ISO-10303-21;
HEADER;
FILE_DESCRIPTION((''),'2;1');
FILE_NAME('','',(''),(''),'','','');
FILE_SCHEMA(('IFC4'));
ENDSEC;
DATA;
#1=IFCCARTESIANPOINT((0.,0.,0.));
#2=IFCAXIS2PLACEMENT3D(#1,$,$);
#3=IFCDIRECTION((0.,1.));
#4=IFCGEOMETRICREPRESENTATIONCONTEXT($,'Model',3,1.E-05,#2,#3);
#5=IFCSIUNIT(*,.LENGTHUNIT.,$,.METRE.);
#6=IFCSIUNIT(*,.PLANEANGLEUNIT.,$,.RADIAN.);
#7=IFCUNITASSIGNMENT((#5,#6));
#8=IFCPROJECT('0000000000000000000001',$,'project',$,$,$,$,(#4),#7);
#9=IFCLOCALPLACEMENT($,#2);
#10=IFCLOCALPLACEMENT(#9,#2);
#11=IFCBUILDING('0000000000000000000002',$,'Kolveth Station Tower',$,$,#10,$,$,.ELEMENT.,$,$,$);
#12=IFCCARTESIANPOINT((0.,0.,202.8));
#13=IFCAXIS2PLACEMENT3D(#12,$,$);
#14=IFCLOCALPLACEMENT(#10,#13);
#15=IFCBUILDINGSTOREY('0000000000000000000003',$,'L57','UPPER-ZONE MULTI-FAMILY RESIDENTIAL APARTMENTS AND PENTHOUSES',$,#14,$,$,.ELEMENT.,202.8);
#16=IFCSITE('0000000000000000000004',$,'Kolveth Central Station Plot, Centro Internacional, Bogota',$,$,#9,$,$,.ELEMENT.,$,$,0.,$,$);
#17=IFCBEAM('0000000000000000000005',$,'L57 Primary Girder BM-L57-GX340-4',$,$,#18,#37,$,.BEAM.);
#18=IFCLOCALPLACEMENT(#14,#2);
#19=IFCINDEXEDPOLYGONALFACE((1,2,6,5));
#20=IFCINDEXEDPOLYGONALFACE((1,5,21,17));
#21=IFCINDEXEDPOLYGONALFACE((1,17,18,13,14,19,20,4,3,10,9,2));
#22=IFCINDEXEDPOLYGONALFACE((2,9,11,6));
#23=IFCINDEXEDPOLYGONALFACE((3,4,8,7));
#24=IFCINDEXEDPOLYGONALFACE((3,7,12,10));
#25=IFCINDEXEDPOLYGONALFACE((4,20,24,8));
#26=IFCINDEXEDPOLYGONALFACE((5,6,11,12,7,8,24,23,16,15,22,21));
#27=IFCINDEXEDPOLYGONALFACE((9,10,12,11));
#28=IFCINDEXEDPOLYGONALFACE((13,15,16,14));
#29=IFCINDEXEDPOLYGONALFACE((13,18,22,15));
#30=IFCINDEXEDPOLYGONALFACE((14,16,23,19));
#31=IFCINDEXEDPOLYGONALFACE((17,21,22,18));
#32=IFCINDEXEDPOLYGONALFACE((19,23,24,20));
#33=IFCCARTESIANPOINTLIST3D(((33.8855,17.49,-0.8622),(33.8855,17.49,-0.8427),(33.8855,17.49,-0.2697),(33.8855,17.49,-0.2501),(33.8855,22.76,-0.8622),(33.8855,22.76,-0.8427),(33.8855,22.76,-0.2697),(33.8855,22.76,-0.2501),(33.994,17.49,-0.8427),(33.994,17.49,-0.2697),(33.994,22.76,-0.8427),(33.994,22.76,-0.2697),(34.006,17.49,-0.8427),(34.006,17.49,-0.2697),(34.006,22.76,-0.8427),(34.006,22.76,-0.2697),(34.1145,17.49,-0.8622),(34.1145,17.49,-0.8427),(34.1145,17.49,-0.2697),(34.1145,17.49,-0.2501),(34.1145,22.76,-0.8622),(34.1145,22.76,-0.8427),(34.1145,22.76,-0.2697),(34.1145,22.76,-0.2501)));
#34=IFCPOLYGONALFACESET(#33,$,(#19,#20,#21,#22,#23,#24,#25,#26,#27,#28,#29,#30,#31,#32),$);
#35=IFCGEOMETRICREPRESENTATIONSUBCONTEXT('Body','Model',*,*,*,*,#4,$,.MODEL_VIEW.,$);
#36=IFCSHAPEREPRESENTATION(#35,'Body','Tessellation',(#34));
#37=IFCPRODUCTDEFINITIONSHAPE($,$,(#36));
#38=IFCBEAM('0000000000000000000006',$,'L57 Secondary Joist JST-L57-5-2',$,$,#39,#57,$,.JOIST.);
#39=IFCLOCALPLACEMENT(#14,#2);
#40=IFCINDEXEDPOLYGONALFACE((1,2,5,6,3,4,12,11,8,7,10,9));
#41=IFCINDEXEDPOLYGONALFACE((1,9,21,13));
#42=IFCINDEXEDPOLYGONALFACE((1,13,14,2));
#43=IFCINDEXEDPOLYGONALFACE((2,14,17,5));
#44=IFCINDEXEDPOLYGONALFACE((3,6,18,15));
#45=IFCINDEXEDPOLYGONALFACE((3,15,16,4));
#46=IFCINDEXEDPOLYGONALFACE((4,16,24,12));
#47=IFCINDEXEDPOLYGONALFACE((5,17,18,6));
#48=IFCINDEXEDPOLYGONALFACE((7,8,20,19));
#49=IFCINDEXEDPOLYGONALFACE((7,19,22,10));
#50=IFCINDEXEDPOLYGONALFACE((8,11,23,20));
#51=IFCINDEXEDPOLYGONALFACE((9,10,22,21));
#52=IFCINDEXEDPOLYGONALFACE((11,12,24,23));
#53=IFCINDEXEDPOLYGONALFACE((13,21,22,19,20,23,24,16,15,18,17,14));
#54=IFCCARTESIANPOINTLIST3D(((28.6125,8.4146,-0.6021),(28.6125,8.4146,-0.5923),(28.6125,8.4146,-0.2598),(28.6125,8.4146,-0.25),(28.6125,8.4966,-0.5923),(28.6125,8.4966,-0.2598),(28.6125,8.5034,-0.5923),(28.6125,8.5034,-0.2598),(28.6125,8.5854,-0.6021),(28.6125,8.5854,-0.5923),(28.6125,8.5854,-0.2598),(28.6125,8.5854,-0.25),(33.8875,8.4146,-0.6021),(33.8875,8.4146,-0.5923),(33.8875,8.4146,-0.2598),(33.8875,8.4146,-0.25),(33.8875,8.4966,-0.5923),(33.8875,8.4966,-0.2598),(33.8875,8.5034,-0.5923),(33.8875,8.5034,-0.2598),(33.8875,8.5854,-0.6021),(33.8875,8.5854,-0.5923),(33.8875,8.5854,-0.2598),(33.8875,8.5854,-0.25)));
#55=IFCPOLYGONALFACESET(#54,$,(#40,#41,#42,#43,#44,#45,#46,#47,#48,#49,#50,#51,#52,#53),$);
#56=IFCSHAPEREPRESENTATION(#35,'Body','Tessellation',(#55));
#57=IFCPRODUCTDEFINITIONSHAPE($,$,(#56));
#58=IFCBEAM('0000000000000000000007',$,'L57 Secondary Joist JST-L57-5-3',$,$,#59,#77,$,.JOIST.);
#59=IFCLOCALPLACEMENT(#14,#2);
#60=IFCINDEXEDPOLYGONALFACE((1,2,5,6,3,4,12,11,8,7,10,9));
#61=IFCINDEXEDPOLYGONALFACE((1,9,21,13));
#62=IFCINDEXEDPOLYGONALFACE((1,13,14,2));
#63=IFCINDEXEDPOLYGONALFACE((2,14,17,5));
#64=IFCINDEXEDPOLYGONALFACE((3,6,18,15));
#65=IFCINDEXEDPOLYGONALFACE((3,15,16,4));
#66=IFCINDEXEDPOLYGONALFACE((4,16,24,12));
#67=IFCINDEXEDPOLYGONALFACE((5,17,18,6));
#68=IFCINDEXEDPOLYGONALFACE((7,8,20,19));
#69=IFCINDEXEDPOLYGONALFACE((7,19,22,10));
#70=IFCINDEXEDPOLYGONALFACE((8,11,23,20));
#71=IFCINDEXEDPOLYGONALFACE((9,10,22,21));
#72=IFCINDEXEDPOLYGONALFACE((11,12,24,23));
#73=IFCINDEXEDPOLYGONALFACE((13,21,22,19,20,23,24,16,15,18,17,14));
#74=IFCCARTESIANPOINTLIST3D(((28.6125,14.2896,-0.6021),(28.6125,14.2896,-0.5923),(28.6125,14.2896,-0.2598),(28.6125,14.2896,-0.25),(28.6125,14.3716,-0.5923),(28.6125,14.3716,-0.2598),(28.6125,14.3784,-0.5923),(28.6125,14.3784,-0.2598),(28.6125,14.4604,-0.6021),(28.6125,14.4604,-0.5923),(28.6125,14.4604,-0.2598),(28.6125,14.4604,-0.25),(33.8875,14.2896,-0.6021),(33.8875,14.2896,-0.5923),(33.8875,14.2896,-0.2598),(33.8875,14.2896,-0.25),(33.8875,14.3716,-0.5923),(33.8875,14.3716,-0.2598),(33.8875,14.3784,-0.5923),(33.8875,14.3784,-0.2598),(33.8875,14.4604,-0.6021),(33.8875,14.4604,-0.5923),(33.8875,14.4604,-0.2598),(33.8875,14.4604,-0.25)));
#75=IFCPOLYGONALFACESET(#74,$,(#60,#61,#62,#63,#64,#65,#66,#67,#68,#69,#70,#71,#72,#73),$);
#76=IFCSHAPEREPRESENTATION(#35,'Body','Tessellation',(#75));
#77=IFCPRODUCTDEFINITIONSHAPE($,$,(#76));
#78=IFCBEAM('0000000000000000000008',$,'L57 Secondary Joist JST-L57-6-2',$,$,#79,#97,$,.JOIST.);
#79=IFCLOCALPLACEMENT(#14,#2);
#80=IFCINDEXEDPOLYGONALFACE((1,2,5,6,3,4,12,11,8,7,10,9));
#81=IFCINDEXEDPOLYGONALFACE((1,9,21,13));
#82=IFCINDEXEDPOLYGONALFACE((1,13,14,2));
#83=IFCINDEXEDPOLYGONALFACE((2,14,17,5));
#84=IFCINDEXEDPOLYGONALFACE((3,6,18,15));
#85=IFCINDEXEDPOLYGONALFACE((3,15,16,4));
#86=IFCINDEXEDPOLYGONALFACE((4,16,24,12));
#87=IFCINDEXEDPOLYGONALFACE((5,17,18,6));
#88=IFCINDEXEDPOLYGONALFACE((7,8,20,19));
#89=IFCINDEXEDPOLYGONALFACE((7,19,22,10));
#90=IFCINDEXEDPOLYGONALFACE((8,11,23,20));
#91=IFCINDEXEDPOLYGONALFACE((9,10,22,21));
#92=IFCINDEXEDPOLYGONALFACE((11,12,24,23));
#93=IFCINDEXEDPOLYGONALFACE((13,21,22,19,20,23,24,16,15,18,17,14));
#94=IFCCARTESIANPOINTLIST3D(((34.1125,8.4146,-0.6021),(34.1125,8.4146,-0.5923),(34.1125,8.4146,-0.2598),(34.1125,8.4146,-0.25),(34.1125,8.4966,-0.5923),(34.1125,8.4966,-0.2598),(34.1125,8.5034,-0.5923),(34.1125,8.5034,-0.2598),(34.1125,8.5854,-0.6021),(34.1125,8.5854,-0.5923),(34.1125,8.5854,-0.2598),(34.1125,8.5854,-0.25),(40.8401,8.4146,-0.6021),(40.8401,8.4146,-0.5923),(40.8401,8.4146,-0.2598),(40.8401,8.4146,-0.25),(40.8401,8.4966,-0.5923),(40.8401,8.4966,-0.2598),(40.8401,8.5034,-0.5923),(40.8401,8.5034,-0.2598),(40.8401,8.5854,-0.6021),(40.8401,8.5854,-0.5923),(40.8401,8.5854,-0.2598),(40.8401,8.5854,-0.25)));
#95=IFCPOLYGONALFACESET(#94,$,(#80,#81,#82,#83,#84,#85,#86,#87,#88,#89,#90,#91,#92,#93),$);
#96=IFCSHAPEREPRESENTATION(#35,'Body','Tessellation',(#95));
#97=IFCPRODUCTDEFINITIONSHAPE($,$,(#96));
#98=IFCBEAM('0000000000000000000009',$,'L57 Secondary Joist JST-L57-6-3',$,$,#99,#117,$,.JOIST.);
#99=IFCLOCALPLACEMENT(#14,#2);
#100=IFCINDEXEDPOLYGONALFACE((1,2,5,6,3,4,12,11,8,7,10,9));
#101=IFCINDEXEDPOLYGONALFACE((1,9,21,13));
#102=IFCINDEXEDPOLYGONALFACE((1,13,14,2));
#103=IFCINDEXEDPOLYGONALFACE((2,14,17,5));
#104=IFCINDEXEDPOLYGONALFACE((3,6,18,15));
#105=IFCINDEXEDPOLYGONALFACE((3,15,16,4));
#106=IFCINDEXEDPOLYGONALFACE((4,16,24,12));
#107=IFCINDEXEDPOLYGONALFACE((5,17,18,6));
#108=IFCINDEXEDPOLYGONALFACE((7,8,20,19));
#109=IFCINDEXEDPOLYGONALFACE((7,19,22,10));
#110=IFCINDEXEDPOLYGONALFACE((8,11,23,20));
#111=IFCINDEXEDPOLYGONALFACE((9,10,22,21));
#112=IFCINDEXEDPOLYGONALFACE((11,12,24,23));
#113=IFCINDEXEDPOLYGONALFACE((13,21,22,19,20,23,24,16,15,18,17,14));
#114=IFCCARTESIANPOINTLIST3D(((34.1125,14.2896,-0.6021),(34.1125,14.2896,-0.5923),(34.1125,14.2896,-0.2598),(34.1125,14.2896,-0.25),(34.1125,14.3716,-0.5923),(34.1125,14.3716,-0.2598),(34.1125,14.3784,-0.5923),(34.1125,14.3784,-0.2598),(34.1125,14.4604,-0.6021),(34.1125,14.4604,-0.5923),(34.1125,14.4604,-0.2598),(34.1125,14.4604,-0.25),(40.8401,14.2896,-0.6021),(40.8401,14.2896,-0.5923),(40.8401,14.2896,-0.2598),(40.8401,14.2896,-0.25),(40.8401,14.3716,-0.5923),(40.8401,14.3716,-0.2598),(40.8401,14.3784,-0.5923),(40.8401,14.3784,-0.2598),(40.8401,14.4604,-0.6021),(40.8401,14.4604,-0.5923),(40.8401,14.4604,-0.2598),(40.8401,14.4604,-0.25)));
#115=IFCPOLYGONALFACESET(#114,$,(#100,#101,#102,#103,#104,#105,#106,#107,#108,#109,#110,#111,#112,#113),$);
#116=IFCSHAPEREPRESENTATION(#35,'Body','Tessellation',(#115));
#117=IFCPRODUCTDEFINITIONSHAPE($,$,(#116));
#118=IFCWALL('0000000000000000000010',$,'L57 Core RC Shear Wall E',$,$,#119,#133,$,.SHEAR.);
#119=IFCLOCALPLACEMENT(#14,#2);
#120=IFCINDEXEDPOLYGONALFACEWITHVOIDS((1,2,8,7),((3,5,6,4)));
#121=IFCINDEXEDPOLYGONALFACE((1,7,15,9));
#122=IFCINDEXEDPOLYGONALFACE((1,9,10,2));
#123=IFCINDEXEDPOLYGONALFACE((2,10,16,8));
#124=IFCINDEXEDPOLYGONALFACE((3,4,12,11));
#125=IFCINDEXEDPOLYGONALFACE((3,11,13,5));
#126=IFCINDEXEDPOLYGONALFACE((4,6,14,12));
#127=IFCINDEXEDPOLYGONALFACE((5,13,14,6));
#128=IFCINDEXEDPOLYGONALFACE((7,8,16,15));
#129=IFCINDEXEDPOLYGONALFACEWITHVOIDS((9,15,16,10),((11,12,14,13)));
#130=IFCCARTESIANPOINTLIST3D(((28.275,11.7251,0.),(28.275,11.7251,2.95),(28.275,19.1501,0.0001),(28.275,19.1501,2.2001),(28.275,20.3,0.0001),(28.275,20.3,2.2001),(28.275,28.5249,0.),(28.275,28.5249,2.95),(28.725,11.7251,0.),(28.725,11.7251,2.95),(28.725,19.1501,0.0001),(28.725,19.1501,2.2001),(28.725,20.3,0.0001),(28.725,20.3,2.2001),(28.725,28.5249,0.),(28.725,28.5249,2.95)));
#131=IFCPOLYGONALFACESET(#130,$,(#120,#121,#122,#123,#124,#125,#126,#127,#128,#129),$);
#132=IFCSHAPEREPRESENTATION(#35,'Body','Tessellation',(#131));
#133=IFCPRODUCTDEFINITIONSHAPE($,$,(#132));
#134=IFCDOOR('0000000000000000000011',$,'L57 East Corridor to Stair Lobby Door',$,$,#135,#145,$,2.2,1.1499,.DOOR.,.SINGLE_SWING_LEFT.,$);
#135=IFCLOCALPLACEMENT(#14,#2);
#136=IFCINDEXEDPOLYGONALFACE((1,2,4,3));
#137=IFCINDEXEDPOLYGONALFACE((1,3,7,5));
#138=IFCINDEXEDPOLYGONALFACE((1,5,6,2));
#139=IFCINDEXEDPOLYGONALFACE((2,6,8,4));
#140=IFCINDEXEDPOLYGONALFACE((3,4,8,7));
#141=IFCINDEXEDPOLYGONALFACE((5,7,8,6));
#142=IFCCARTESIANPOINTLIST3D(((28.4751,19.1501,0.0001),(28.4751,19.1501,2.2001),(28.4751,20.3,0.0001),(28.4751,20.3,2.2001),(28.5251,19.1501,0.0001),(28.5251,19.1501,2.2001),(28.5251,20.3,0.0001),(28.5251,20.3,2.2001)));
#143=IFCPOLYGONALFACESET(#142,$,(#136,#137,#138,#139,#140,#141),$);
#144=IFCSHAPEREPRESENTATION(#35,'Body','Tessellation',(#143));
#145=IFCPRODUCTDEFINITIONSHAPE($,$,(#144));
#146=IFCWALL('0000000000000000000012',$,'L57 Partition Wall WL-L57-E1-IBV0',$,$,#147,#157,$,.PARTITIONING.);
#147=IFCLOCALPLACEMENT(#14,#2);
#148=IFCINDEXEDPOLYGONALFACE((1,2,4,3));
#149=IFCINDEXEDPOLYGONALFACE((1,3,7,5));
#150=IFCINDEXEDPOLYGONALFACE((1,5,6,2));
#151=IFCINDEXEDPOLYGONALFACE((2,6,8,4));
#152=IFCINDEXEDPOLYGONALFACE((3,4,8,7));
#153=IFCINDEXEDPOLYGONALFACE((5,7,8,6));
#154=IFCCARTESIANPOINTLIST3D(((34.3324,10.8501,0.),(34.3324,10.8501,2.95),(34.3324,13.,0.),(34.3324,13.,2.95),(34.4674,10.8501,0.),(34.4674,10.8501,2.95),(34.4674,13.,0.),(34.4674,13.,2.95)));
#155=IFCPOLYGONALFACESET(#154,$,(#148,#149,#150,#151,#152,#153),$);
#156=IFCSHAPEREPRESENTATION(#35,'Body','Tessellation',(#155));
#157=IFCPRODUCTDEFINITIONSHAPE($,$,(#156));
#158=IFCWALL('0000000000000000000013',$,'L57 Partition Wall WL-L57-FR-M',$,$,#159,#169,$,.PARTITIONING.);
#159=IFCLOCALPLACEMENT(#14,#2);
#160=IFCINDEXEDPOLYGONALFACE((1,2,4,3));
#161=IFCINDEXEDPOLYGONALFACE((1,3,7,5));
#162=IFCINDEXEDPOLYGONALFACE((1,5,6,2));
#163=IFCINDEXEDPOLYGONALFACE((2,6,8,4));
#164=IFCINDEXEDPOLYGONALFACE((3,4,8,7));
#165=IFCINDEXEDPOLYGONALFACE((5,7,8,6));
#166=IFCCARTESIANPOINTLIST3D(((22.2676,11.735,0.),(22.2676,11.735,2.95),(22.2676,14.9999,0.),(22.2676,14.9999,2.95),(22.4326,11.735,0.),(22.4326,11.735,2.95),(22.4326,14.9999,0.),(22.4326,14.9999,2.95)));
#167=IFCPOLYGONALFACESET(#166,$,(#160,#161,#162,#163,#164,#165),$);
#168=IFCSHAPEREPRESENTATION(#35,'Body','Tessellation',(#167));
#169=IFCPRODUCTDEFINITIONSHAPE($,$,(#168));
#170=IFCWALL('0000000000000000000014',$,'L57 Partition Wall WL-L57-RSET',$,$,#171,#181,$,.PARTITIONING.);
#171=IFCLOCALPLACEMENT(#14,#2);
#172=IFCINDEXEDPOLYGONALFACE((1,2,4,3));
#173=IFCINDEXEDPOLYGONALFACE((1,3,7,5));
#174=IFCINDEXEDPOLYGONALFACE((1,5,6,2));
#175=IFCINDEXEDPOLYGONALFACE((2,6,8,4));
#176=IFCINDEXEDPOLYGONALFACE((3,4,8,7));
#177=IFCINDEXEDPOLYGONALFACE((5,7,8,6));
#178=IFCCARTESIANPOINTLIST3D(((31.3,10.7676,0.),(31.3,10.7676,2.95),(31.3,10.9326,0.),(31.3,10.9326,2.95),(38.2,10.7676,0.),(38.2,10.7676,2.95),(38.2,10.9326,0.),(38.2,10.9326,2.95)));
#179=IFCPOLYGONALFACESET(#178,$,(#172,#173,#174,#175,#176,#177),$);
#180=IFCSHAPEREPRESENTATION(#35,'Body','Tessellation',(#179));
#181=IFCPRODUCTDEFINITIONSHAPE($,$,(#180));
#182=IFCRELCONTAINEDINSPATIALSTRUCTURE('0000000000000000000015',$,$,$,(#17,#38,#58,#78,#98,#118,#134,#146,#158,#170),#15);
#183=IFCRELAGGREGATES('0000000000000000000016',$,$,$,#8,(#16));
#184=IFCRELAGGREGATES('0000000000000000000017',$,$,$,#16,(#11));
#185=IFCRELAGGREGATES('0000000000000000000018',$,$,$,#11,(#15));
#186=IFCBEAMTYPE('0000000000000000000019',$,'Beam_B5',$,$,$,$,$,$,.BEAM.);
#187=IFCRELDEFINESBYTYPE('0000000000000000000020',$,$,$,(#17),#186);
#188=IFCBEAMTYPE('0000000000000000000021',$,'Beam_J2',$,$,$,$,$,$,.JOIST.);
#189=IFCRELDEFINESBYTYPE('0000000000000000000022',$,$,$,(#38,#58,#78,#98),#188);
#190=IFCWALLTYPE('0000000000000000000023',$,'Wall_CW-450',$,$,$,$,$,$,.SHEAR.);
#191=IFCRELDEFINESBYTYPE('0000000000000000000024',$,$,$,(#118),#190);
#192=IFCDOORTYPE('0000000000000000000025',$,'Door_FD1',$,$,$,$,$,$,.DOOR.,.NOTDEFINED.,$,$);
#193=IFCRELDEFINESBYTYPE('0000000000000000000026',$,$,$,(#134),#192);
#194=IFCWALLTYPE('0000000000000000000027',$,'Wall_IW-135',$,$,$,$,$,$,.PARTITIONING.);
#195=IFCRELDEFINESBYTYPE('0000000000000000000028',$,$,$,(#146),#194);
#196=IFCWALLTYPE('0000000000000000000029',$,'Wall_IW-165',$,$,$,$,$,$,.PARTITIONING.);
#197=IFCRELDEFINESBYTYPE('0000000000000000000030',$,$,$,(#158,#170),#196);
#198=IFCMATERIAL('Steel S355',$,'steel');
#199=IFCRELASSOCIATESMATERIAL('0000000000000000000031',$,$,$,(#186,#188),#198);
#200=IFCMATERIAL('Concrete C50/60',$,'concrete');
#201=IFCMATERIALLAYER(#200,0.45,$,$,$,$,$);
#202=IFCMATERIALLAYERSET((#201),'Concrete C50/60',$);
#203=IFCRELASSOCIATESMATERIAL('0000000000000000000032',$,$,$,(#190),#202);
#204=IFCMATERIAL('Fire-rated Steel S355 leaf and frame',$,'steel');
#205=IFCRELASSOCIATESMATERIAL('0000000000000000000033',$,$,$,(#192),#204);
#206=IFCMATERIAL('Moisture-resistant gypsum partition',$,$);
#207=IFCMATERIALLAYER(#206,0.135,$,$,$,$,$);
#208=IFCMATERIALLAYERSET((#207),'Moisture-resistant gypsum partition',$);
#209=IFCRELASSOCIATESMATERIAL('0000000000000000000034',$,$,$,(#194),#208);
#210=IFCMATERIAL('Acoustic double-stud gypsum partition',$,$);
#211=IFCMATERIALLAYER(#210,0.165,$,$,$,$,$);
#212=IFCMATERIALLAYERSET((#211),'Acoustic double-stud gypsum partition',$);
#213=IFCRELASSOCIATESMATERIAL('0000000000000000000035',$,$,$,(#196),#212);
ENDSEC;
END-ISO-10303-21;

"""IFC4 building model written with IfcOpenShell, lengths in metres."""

from ifc_helpers import new_model, si_unit, direction, frame, frame_2d, origin, origin_2d, place, context, subcontext, project, spatial, rectangle, i_section, extrude, source, transform, mapped, material, layer, layer_set, material_profile, profile_set, type_object, element, fill, save


model = new_model("IFC4")

# Units and contexts
model_context = context("Model", 3, precision=1e-05, world=origin(), true_north=direction((0.0, 1.0)))
body_context = subcontext(model_context, "Body", "Model", "MODEL_VIEW")
ifc_project = project(units=[si_unit("LENGTHUNIT", "METRE"), si_unit("PLANEANGLEUNIT", "RADIAN")], contexts=[model_context])

# Site, building, storey
site_placement = place(None, origin())
site = spatial("IfcSite", under=ifc_project, at=site_placement, Name="Kolveth Central Station Plot, Centro Internacional, Bogota", CompositionType="ELEMENT", RefElevation=0.0)
building_placement = place(site_placement, origin())
building = spatial("IfcBuilding", under=site, at=building_placement, Name="Kolveth Station Tower", CompositionType="ELEMENT")
storey_placement = place(building_placement, frame((0.0, 0.0, 202.8)))
storey = spatial("IfcBuildingStorey", under=building, at=storey_placement, Name="L57", Description="UPPER-ZONE MULTI-FAMILY RESIDENTIAL APARTMENTS AND PENTHOUSES", CompositionType="ELEMENT", Elevation=202.8)

# Shared definitions
ifc_material_1 = material(Name="Steel S355", Category="steel")

# Beams
ifc_material_profile_1 = material_profile(ifc_material_1, i_section(OverallWidth=0.229, OverallDepth=0.6121, WebThickness=0.012, FlangeThickness=0.0195, at=origin_2d()), Name="W610x125")
ifc_profile_set_1 = profile_set([ifc_material_profile_1], Name="Steel S355")
beam_type_1 = type_object("IfcBeamType", Name="Beam_B5", PredefinedType="BEAM", material=ifc_profile_set_1)
shared_shape_1 = source(origin(), body_context, "Body", "SweptSolid", [
    extrude(i_section(OverallWidth=0.229, OverallDepth=0.6121, WebThickness=0.012, FlangeThickness=0.0195, at=origin_2d()), origin(), (0.0, 0.0, 1.0), 5.27),
])
for number, where, z_axis, x_axis, name in (
    (1, (34.0, 17.49, -0.5562), (0.0, 1.0, 0.0), (-1.0, 0.0, 0.0), "L57 Primary Girder BM-L57-GX340-4"),
):
    element("IfcBeam", number, at=place(storey_placement, frame(where, z_axis=z_axis, x_axis=x_axis)), inside=storey, type_object=beam_type_1, Name=name, PredefinedType="BEAM", context=body_context, shape_type="MappedRepresentation", body=[
        mapped(shared_shape_1, transform((0.0, 0.0, 0.0), x_axis=(1.0, 0.0, 0.0), y_axis=(0.0, 1.0, 0.0), z_axis=(0.0, 0.0, 1.0), scale=1.0)),
    ])
ifc_material_profile_2 = material_profile(ifc_material_1, i_section(OverallWidth=0.1709, OverallDepth=0.3521, WebThickness=0.0068, FlangeThickness=0.0098, at=origin_2d()), Name="W360x44")
ifc_profile_set_2 = profile_set([ifc_material_profile_2], Name="Steel S355")
beam_type_2 = type_object("IfcBeamType", Name="Beam_J2", PredefinedType="JOIST", material=ifc_profile_set_2)
shared_shape_2 = source(origin(), body_context, "Body", "SweptSolid", [
    extrude(i_section(OverallWidth=0.1709, OverallDepth=0.3521, WebThickness=0.0068, FlangeThickness=0.0098, at=origin_2d()), origin(), (0.0, 0.0, 1.0), 5.2749),
])
for number, where, z_axis, x_axis, name in (
    (2, (28.6125, 8.5, -0.426), (1.0, 0.0, 0.0), (0.0, 1.0, 0.0), "L57 Secondary Joist JST-L57-5-2"),
    (3, (28.6125, 14.375, -0.426), (1.0, 0.0, 0.0), (0.0, 1.0, 0.0), "L57 Secondary Joist JST-L57-5-3"),
):
    element("IfcBeam", number, at=place(storey_placement, frame(where, z_axis=z_axis, x_axis=x_axis)), inside=storey, type_object=beam_type_2, Name=name, PredefinedType="JOIST", context=body_context, shape_type="MappedRepresentation", body=[
        mapped(shared_shape_2, transform((0.0, 0.0, 0.0), x_axis=(1.0, 0.0, 0.0), y_axis=(0.0, 1.0, 0.0), z_axis=(0.0, 0.0, 1.0), scale=1.0)),
    ])
shared_shape_3 = source(origin(), body_context, "Body", "SweptSolid", [
    extrude(i_section(OverallWidth=0.1709, OverallDepth=0.3521, WebThickness=0.0068, FlangeThickness=0.0098, at=origin_2d()), origin(), (0.0, 0.0, 1.0), 6.7275),
])
for number, where, z_axis, x_axis, name in (
    (4, (34.1125, 8.5, -0.426), (1.0, 0.0, 0.0), (0.0, 1.0, 0.0), "L57 Secondary Joist JST-L57-6-2"),
    (5, (34.1125, 14.375, -0.426), (1.0, 0.0, 0.0), (0.0, 1.0, 0.0), "L57 Secondary Joist JST-L57-6-3"),
):
    element("IfcBeam", number, at=place(storey_placement, frame(where, z_axis=z_axis, x_axis=x_axis)), inside=storey, type_object=beam_type_2, Name=name, PredefinedType="JOIST", context=body_context, shape_type="MappedRepresentation", body=[
        mapped(shared_shape_3, transform((0.0, 0.0, 0.0), x_axis=(1.0, 0.0, 0.0), y_axis=(0.0, 1.0, 0.0), z_axis=(0.0, 0.0, 1.0), scale=1.0)),
    ])

# Wall, opening, door
ifc_material_2 = material(Name="Concrete C50/60", Category="concrete")
ifc_layer_1 = layer(ifc_material_2, 0.45)
ifc_layer_set_1 = layer_set([ifc_layer_1], Name="Concrete C50/60")
wall_type_1 = type_object("IfcWallType", Name="Wall_CW-450", PredefinedType="SHEAR", material=ifc_layer_set_1)
wall_1_placement = place(storey_placement, frame((28.5, 11.7251, 0.0), z_axis=(0.0, 0.0, 1.0), x_axis=(0.0, 1.0, 0.0)))
wall_1 = element("IfcWall", 6, at=wall_1_placement, inside=storey, type_object=wall_type_1, Name="L57 Core RC Shear Wall E", PredefinedType="SHEAR", context=body_context, shape_type="SweptSolid", body=[
    extrude(rectangle(XDim=16.7998, YDim=0.45, at=frame_2d((8.3999, 0.0))), origin(), (0.0, 0.0, 1.0), 2.95),
])
opening_1_placement = place(wall_1_placement, frame((7.425, 0.0, 0.0)))
opening_1 = element("IfcOpeningElement", 7, at=opening_1_placement, cuts=wall_1, PredefinedType="OPENING", context=body_context, shape_type="SweptSolid", body=[
    extrude(rectangle(XDim=1.1499, YDim=2.2, at=frame_2d((0.575, 1.1001))), frame((0.0, 0.2349, 0.0), z_axis=(0.0, -1.0, 0.0), x_axis=(1.0, 0.0, 0.0)), (0.0, 0.0, 1.0), 0.47),
])
ifc_material_3 = material(Name="Fire-rated Steel S355 leaf and frame", Category="steel")
door_type_1 = type_object("IfcDoorType", Name="Door_FD1", OperationType="NOTDEFINED", PredefinedType="DOOR", material=ifc_material_3)
door_1_placement = place(opening_1_placement, origin())
door_1 = element("IfcDoor", 8, at=door_1_placement, inside=storey, type_object=door_type_1, Name="L57 East Corridor to Stair Lobby Door", OperationType="SINGLE_SWING_LEFT", OverallHeight=2.2, OverallWidth=1.1499, PredefinedType="DOOR", context=body_context, shape_type="SweptSolid", body=[
    extrude(rectangle(XDim=1.1499, YDim=2.2, at=frame_2d((0.575, 1.1001))), frame((0.0, 0.0249, 0.0), z_axis=(0.0, -1.0, 0.0), x_axis=(1.0, 0.0, 0.0)), (0.0, 0.0, 1.0), 0.05),
])
fill(opening_1, door_1)
ifc_material_4 = material(Name="Moisture-resistant gypsum partition")
ifc_layer_2 = layer(ifc_material_4, 0.135)
ifc_layer_set_2 = layer_set([ifc_layer_2], Name="Moisture-resistant gypsum partition")
wall_type_2 = type_object("IfcWallType", Name="Wall_IW-135", PredefinedType="PARTITIONING", material=ifc_layer_set_2)

# Walls
wall_2_placement = place(storey_placement, frame((34.3999, 10.8501, 0.0), z_axis=(0.0, 0.0, 1.0), x_axis=(0.0, 1.0, 0.0)))
element("IfcWall", 9, at=wall_2_placement, inside=storey, type_object=wall_type_2, Name="L57 Partition Wall WL-L57-E1-IBV0", PredefinedType="PARTITIONING", context=body_context, shape_type="SweptSolid", body=[
    extrude(rectangle(XDim=2.1499, YDim=0.135, at=frame_2d((1.075, 0.0))), origin(), (0.0, 0.0, 1.0), 2.95),
])
ifc_material_5 = material(Name="Acoustic double-stud gypsum partition")
ifc_layer_3 = layer(ifc_material_5, 0.165)
ifc_layer_set_3 = layer_set([ifc_layer_3], Name="Acoustic double-stud gypsum partition")
wall_type_3 = type_object("IfcWallType", Name="Wall_IW-165", PredefinedType="PARTITIONING", material=ifc_layer_set_3)
wall_3_placement = place(storey_placement, frame((22.3501, 11.7351, 0.0), z_axis=(0.0, 0.0, 1.0), x_axis=(0.0, 1.0, 0.0)))
element("IfcWall", 10, at=wall_3_placement, inside=storey, type_object=wall_type_3, Name="L57 Partition Wall WL-L57-FR-M", PredefinedType="PARTITIONING", context=body_context, shape_type="SweptSolid", body=[
    extrude(rectangle(XDim=3.2649, YDim=0.165, at=frame_2d((1.6323, 0.0))), origin(), (0.0, 0.0, 1.0), 2.95),
])
wall_4_placement = place(storey_placement, frame((31.3, 10.8501, 0.0), z_axis=(0.0, 0.0, 1.0), x_axis=(1.0, 0.0, 0.0)))
element("IfcWall", 11, at=wall_4_placement, inside=storey, type_object=wall_type_3, Name="L57 Partition Wall WL-L57-RSET", PredefinedType="PARTITIONING", context=body_context, shape_type="SweptSolid", body=[
    extrude(rectangle(XDim=6.8999, YDim=0.165, at=frame_2d((3.45, 0.0))), origin(), (0.0, 0.0, 1.0), 2.95),
])

save(model, "model.ifc")
